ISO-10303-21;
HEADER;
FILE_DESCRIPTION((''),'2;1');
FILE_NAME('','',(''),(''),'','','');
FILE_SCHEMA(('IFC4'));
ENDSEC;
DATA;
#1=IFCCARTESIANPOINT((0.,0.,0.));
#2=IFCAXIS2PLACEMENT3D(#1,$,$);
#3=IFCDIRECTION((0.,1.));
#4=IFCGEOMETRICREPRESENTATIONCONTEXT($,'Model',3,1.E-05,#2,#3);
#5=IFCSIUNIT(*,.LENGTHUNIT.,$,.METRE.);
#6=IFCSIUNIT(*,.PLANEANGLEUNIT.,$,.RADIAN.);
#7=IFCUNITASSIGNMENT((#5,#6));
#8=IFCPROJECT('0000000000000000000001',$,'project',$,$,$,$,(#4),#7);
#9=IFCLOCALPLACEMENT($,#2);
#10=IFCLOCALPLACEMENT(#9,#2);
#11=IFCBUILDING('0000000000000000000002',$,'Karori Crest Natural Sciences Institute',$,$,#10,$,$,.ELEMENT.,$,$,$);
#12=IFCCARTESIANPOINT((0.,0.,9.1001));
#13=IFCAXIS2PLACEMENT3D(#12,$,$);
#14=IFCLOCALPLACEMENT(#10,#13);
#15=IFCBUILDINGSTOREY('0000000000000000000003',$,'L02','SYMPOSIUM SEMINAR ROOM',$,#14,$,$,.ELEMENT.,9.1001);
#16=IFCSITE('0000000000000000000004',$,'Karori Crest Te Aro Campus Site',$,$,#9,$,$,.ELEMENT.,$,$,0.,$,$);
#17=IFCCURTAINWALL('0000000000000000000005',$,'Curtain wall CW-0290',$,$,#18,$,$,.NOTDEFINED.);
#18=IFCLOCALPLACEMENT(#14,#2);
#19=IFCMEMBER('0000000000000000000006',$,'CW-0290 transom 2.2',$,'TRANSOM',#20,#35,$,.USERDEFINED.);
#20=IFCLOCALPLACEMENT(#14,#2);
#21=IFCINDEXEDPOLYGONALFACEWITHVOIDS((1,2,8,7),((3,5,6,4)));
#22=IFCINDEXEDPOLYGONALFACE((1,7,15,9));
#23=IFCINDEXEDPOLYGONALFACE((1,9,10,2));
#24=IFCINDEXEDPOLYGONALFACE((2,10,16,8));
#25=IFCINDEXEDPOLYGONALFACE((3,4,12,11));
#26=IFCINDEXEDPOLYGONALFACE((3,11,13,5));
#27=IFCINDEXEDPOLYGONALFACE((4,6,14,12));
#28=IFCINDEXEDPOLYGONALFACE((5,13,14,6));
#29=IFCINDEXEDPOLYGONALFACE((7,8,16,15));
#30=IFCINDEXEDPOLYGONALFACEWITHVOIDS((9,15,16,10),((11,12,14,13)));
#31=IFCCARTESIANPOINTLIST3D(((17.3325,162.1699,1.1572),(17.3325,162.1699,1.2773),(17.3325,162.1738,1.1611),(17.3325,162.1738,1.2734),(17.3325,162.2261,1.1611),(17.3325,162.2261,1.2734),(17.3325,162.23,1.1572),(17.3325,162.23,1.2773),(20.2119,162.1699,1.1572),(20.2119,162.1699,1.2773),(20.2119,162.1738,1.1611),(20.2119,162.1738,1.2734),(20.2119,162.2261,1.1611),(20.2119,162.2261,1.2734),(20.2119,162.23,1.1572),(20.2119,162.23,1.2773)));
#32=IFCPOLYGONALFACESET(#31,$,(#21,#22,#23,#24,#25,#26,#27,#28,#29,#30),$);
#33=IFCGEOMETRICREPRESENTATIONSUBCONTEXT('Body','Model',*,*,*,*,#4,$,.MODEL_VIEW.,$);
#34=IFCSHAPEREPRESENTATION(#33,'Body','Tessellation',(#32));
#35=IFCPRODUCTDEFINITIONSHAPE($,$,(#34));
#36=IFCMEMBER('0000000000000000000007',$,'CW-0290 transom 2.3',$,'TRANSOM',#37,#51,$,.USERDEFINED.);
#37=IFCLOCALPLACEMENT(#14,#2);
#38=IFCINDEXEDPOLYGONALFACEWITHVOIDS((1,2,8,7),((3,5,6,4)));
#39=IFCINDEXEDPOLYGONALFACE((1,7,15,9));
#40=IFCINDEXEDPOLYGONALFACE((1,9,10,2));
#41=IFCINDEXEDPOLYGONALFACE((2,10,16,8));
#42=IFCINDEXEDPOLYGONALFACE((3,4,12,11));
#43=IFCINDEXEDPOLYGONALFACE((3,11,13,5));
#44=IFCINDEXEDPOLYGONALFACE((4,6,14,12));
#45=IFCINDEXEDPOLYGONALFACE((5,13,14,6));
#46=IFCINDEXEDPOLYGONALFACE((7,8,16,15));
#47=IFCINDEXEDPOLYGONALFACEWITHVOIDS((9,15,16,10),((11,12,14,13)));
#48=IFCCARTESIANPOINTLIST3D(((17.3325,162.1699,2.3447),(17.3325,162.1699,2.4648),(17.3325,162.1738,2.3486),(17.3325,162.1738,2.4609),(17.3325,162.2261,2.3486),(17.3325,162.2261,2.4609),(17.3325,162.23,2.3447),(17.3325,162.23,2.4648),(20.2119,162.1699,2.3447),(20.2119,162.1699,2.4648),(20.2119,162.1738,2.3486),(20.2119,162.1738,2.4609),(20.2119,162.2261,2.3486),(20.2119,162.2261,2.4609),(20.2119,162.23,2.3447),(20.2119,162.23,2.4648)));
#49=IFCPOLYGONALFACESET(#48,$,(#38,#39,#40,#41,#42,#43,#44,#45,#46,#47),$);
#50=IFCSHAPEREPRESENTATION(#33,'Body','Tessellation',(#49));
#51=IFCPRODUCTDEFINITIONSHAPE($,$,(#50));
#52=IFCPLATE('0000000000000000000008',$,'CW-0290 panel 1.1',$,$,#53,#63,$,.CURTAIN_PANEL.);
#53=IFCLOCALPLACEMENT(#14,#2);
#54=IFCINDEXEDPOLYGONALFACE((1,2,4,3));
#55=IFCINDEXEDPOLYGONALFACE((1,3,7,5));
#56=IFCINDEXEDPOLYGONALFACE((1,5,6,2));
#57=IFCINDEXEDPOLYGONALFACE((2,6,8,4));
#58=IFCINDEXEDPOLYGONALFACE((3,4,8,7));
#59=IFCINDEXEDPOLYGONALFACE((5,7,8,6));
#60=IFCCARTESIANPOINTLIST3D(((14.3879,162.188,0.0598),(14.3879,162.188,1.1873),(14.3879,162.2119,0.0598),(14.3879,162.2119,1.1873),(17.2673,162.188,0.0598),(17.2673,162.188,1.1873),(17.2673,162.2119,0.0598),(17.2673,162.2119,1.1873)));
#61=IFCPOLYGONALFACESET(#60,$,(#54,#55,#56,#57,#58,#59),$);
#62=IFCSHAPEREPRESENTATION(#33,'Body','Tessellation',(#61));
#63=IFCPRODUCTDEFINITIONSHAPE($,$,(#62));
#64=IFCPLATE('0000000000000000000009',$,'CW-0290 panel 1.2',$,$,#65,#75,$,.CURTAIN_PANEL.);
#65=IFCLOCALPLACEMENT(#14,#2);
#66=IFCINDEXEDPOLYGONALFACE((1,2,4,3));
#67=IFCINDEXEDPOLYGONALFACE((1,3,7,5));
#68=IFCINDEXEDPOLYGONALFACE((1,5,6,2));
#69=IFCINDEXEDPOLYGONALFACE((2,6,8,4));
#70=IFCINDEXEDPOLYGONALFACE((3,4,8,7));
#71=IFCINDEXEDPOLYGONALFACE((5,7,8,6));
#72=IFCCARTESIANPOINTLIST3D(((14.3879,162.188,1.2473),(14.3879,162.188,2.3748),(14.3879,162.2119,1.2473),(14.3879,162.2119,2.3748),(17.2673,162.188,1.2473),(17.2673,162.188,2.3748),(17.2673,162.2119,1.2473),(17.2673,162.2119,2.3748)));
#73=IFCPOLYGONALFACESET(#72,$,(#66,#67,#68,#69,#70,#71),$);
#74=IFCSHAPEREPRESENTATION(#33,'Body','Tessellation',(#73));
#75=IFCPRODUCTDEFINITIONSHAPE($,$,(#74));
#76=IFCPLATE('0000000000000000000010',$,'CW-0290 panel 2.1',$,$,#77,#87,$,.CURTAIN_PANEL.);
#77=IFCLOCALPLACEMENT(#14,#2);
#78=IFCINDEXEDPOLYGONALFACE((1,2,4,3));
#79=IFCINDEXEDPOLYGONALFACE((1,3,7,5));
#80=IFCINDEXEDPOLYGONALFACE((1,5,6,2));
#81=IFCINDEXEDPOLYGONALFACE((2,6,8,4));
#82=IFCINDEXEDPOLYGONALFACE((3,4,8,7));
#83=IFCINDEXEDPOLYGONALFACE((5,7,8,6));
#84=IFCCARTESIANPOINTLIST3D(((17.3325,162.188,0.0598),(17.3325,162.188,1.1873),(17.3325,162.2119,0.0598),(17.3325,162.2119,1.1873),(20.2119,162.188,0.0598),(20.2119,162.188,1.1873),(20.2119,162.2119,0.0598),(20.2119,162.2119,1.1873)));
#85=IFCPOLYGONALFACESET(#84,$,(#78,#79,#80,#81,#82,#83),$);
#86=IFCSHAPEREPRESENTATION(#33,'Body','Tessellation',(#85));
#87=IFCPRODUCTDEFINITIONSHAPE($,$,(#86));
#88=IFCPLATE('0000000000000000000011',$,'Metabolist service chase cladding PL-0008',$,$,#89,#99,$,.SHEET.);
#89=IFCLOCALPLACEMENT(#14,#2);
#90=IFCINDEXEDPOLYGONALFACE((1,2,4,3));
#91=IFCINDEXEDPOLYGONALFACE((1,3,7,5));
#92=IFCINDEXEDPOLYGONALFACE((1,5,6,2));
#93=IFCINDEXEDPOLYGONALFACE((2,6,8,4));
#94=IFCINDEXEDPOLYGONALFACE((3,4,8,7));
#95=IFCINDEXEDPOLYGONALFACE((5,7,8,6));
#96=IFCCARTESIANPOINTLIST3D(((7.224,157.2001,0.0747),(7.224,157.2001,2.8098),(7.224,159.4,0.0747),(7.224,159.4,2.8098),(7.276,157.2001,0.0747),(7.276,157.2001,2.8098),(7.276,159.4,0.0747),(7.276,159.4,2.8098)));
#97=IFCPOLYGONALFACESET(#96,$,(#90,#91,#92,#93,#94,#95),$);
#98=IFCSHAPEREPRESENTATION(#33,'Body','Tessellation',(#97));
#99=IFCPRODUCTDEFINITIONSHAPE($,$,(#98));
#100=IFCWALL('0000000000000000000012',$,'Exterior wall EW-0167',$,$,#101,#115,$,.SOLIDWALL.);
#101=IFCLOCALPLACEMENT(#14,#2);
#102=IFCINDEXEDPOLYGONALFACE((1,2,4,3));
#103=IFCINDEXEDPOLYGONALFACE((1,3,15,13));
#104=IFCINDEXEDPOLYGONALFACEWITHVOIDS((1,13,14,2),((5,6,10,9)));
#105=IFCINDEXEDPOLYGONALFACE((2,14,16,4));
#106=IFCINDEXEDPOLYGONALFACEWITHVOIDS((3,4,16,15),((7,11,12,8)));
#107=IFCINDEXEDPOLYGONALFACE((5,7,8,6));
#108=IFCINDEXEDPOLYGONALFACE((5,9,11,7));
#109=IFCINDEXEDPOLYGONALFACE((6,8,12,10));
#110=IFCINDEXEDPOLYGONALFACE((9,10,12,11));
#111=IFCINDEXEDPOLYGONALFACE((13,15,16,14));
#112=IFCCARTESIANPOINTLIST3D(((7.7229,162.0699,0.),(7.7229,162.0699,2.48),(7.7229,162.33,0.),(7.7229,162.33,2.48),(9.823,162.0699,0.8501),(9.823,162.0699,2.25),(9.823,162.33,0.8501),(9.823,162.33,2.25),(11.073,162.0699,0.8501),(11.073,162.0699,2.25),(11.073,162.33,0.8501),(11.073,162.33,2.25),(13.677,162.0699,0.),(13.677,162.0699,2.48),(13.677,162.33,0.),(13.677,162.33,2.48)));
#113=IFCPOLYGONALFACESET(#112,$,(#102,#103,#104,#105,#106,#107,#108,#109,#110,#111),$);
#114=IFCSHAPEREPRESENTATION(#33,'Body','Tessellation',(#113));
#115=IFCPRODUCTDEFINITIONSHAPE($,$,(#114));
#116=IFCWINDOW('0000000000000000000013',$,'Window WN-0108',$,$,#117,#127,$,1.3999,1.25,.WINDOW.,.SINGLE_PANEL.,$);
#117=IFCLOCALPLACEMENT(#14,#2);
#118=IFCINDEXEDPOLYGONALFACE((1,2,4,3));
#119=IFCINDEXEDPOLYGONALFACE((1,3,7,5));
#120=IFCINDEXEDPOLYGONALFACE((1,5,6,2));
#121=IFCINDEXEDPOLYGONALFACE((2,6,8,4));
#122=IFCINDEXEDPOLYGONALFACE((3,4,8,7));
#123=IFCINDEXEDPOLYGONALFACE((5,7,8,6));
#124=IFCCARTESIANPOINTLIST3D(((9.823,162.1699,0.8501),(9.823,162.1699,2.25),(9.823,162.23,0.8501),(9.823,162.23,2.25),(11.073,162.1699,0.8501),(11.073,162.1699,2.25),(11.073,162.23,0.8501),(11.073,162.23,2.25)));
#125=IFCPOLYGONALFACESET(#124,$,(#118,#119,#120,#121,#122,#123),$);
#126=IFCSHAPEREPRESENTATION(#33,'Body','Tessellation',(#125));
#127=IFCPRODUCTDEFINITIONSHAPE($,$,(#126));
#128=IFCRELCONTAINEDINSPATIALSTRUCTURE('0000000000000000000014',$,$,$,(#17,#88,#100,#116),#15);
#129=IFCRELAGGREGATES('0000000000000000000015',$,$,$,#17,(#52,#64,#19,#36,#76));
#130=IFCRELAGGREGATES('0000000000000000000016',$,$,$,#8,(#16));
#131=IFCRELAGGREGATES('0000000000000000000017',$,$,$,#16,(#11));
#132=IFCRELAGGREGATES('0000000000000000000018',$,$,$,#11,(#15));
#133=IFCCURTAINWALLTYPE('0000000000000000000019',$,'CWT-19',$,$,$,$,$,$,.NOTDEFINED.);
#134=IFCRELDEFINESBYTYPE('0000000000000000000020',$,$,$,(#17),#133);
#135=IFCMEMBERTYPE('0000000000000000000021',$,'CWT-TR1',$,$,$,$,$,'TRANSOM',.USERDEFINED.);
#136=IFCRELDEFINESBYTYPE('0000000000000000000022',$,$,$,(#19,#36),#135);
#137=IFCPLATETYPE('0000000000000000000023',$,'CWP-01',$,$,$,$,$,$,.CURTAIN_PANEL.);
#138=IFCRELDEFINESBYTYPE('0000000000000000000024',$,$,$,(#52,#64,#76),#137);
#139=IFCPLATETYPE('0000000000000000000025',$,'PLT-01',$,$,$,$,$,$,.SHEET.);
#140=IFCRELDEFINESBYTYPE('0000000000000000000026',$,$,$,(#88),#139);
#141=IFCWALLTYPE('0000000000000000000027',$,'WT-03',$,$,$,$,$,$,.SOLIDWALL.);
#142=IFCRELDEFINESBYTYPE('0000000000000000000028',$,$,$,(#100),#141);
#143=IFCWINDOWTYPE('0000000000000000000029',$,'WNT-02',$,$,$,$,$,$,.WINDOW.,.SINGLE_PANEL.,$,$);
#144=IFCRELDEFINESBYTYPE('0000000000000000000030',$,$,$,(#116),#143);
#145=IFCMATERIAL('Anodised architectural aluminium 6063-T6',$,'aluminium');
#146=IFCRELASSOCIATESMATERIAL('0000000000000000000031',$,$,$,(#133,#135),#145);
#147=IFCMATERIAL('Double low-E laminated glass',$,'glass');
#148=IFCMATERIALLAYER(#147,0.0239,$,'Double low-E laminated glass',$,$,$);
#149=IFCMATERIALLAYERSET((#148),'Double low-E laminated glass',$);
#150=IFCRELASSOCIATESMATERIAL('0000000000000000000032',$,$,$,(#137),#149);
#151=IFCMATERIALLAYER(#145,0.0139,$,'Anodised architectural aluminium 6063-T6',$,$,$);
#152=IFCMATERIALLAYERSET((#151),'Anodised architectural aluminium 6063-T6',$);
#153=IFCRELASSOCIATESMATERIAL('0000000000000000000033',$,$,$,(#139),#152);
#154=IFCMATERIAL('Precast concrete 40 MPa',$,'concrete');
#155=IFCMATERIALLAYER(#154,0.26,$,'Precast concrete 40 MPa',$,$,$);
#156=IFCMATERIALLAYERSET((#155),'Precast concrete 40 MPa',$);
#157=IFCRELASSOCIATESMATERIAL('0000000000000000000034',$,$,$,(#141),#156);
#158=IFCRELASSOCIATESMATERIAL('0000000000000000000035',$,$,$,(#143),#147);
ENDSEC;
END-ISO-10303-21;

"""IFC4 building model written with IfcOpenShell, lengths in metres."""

from ifc_helpers import new_model, si_unit, direction, frame, frame_2d, origin, origin_2d, place, context, subcontext, project, spatial, rectangle, hollow_rectangle, extrude, material, layer, layer_set, material_profile, profile_set, type_object, element, fill, aggregate, save


model = new_model("IFC4")

# Units and contexts
model_context = context("Model", 3, precision=1e-05, world=origin(), true_north=direction((0.0, 1.0)))
body_context = subcontext(model_context, "Body", "Model", "MODEL_VIEW")
ifc_project = project(units=[si_unit("LENGTHUNIT", "METRE"), si_unit("PLANEANGLEUNIT", "RADIAN")], contexts=[model_context])

# Site, building, storey
site_placement = place(None, origin())
site = spatial("IfcSite", under=ifc_project, at=site_placement, Name="Karori Crest Te Aro Campus Site", CompositionType="ELEMENT", RefElevation=0.0)
building_placement = place(site_placement, origin())
building = spatial("IfcBuilding", under=site, at=building_placement, Name="Karori Crest Natural Sciences Institute", CompositionType="ELEMENT")
storey_placement = place(building_placement, frame((0.0, 0.0, 9.1001)))
storey = spatial("IfcBuildingStorey", under=building, at=storey_placement, Name="L02", Description="SYMPOSIUM SEMINAR ROOM", CompositionType="ELEMENT", Elevation=9.1001)

# Curtain wall, members, plates
ifc_material_1 = material(Name="Anodised architectural aluminium 6063-T6", Category="aluminium")
curtain_wall_type = type_object("IfcCurtainWallType", Name="CWT-19", PredefinedType="NOTDEFINED", material=ifc_material_1)
curtain_wall_placement = place(storey_placement, origin())
curtain_wall = element("IfcCurtainWall", 1, at=curtain_wall_placement, inside=storey, type_object=curtain_wall_type, Name="Curtain wall CW-0290", PredefinedType="NOTDEFINED")
ifc_material_profile_1 = material_profile(ifc_material_1, hollow_rectangle(XDim=0.0601, YDim=0.1201, WallThickness=0.0039, at=origin_2d()), Name="CWT120x60x4")
ifc_profile_set_1 = profile_set([ifc_material_profile_1], Name="Anodised architectural aluminium 6063-T6")
member_type_1 = type_object("IfcMemberType", Name="CWT-TR1", ElementType="TRANSOM", PredefinedType="USERDEFINED", material=ifc_profile_set_1)
member_1_placement = place(storey_placement, frame((17.3325, 162.2, 1.2173), z_axis=(1.0, 0.0, 0.0), x_axis=(0.0, 1.0, 0.0)))
member_1 = element("IfcMember", 2, at=member_1_placement, type_object=member_type_1, Name="CW-0290 transom 2.2", ObjectType="TRANSOM", PredefinedType="USERDEFINED", context=body_context, shape_type="SweptSolid", body=[
    extrude(hollow_rectangle(XDim=0.0601, YDim=0.1201, WallThickness=0.0039, at=origin_2d()), origin(), (0.0, 0.0, 1.0), 2.8794),
])
member_2_placement = place(storey_placement, frame((17.3325, 162.2, 2.4048), z_axis=(1.0, 0.0, 0.0), x_axis=(0.0, 1.0, 0.0)))
member_2 = element("IfcMember", 3, at=member_2_placement, type_object=member_type_1, Name="CW-0290 transom 2.3", ObjectType="TRANSOM", PredefinedType="USERDEFINED", context=body_context, shape_type="SweptSolid", body=[
    extrude(hollow_rectangle(XDim=0.0601, YDim=0.1201, WallThickness=0.0039, at=origin_2d()), origin(), (0.0, 0.0, 1.0), 2.8794),
])
ifc_material_2 = material(Name="Double low-E laminated glass", Category="glass")
ifc_layer_1 = layer(ifc_material_2, 0.0239, Name="Double low-E laminated glass")
ifc_layer_set_1 = layer_set([ifc_layer_1], Name="Double low-E laminated glass")
plate_type_1 = type_object("IfcPlateType", Name="CWP-01", PredefinedType="CURTAIN_PANEL", material=ifc_layer_set_1)
plate_1_placement = place(storey_placement, frame((15.8276, 162.2, 0.0598), z_axis=(0.0, 0.0, 1.0), x_axis=(1.0, 0.0, 0.0)))
plate_1 = element("IfcPlate", 4, at=plate_1_placement, type_object=plate_type_1, Name="CW-0290 panel 1.1", PredefinedType="CURTAIN_PANEL", context=body_context, shape_type="SweptSolid", body=[
    extrude(rectangle(XDim=2.8794, YDim=0.0239, at=origin_2d()), origin(), (0.0, 0.0, 1.0), 1.1274),
])
plate_2_placement = place(storey_placement, frame((15.8276, 162.2, 1.2473), z_axis=(0.0, 0.0, 1.0), x_axis=(1.0, 0.0, 0.0)))
plate_2 = element("IfcPlate", 5, at=plate_2_placement, type_object=plate_type_1, Name="CW-0290 panel 1.2", PredefinedType="CURTAIN_PANEL", context=body_context, shape_type="SweptSolid", body=[
    extrude(rectangle(XDim=2.8794, YDim=0.0239, at=origin_2d()), origin(), (0.0, 0.0, 1.0), 1.1274),
])
plate_3_placement = place(storey_placement, frame((18.7722, 162.2, 0.0598), z_axis=(0.0, 0.0, 1.0), x_axis=(1.0, 0.0, 0.0)))
plate_3 = element("IfcPlate", 6, at=plate_3_placement, type_object=plate_type_1, Name="CW-0290 panel 2.1", PredefinedType="CURTAIN_PANEL", context=body_context, shape_type="SweptSolid", body=[
    extrude(rectangle(XDim=2.8794, YDim=0.0239, at=origin_2d()), origin(), (0.0, 0.0, 1.0), 1.1274),
])
aggregate(curtain_wall, [plate_1, plate_2, member_1, member_2, plate_3])

# Plate
ifc_layer_2 = layer(ifc_material_1, 0.0139, Name="Anodised architectural aluminium 6063-T6")
ifc_layer_set_2 = layer_set([ifc_layer_2], Name="Anodised architectural aluminium 6063-T6")
plate_type_2 = type_object("IfcPlateType", Name="PLT-01", PredefinedType="SHEET", material=ifc_layer_set_2)
plate_4_placement = place(storey_placement, frame((7.25, 158.3, 0.0747), z_axis=(0.0, 0.0, 1.0), x_axis=(1.0, 0.0, 0.0)))
element("IfcPlate", 7, at=plate_4_placement, inside=storey, type_object=plate_type_2, Name="Metabolist service chase cladding PL-0008", PredefinedType="SHEET", context=body_context, shape_type="SweptSolid", body=[
    extrude(rectangle(XDim=0.052, YDim=2.2, at=origin_2d()), origin(), (0.0, 0.0, 1.0), 2.7351),
])

# Wall, opening, window
ifc_material_3 = material(Name="Precast concrete 40 MPa", Category="concrete")
ifc_layer_3 = layer(ifc_material_3, 0.26, Name="Precast concrete 40 MPa")
ifc_layer_set_3 = layer_set([ifc_layer_3], Name="Precast concrete 40 MPa")
wall_type = type_object("IfcWallType", Name="WT-03", PredefinedType="SOLIDWALL", material=ifc_layer_set_3)
wall_placement = place(storey_placement, frame((7.7229, 162.2, 0.0), z_axis=(0.0, 0.0, 1.0), x_axis=(1.0, 0.0, 0.0)))
wall = element("IfcWall", 8, at=wall_placement, inside=storey, type_object=wall_type, Name="Exterior wall EW-0167", PredefinedType="SOLIDWALL", context=body_context, shape_type="SweptSolid", body=[
    extrude(rectangle(XDim=5.9541, YDim=0.26, at=frame_2d((2.9771, 0.0))), origin(), (0.0, 0.0, 1.0), 2.48),
])
opening_placement = place(wall_placement, frame((2.1001, 0.0, 0.8501)))
opening = element("IfcOpeningElement", 9, at=opening_placement, cuts=wall, PredefinedType="OPENING", context=body_context, shape_type="SweptSolid", body=[
    extrude(rectangle(XDim=1.25, YDim=1.3999, at=frame_2d((0.625, 0.7))), frame((0.0, 0.1401, 0.0), z_axis=(0.0, -1.0, 0.0), x_axis=(1.0, 0.0, 0.0)), (0.0, 0.0, 1.0), 0.28),
])
window_type = type_object("IfcWindowType", Name="WNT-02", PartitioningType="SINGLE_PANEL", PredefinedType="WINDOW", material=ifc_material_2)
window_placement = place(opening_placement, origin())
window = element("IfcWindow", 10, at=window_placement, inside=storey, type_object=window_type, Name="Window WN-0108", OverallHeight=1.3999, OverallWidth=1.25, PartitioningType="SINGLE_PANEL", PredefinedType="WINDOW", context=body_context, shape_type="SweptSolid", body=[
    extrude(rectangle(XDim=1.25, YDim=1.3999, at=frame_2d((0.625, 0.7))), frame((0.0, 0.03, 0.0), z_axis=(0.0, -1.0, 0.0), x_axis=(1.0, 0.0, 0.0)), (0.0, 0.0, 1.0), 0.0601),
])
fill(opening, window)

save(model, "model.ifc")
